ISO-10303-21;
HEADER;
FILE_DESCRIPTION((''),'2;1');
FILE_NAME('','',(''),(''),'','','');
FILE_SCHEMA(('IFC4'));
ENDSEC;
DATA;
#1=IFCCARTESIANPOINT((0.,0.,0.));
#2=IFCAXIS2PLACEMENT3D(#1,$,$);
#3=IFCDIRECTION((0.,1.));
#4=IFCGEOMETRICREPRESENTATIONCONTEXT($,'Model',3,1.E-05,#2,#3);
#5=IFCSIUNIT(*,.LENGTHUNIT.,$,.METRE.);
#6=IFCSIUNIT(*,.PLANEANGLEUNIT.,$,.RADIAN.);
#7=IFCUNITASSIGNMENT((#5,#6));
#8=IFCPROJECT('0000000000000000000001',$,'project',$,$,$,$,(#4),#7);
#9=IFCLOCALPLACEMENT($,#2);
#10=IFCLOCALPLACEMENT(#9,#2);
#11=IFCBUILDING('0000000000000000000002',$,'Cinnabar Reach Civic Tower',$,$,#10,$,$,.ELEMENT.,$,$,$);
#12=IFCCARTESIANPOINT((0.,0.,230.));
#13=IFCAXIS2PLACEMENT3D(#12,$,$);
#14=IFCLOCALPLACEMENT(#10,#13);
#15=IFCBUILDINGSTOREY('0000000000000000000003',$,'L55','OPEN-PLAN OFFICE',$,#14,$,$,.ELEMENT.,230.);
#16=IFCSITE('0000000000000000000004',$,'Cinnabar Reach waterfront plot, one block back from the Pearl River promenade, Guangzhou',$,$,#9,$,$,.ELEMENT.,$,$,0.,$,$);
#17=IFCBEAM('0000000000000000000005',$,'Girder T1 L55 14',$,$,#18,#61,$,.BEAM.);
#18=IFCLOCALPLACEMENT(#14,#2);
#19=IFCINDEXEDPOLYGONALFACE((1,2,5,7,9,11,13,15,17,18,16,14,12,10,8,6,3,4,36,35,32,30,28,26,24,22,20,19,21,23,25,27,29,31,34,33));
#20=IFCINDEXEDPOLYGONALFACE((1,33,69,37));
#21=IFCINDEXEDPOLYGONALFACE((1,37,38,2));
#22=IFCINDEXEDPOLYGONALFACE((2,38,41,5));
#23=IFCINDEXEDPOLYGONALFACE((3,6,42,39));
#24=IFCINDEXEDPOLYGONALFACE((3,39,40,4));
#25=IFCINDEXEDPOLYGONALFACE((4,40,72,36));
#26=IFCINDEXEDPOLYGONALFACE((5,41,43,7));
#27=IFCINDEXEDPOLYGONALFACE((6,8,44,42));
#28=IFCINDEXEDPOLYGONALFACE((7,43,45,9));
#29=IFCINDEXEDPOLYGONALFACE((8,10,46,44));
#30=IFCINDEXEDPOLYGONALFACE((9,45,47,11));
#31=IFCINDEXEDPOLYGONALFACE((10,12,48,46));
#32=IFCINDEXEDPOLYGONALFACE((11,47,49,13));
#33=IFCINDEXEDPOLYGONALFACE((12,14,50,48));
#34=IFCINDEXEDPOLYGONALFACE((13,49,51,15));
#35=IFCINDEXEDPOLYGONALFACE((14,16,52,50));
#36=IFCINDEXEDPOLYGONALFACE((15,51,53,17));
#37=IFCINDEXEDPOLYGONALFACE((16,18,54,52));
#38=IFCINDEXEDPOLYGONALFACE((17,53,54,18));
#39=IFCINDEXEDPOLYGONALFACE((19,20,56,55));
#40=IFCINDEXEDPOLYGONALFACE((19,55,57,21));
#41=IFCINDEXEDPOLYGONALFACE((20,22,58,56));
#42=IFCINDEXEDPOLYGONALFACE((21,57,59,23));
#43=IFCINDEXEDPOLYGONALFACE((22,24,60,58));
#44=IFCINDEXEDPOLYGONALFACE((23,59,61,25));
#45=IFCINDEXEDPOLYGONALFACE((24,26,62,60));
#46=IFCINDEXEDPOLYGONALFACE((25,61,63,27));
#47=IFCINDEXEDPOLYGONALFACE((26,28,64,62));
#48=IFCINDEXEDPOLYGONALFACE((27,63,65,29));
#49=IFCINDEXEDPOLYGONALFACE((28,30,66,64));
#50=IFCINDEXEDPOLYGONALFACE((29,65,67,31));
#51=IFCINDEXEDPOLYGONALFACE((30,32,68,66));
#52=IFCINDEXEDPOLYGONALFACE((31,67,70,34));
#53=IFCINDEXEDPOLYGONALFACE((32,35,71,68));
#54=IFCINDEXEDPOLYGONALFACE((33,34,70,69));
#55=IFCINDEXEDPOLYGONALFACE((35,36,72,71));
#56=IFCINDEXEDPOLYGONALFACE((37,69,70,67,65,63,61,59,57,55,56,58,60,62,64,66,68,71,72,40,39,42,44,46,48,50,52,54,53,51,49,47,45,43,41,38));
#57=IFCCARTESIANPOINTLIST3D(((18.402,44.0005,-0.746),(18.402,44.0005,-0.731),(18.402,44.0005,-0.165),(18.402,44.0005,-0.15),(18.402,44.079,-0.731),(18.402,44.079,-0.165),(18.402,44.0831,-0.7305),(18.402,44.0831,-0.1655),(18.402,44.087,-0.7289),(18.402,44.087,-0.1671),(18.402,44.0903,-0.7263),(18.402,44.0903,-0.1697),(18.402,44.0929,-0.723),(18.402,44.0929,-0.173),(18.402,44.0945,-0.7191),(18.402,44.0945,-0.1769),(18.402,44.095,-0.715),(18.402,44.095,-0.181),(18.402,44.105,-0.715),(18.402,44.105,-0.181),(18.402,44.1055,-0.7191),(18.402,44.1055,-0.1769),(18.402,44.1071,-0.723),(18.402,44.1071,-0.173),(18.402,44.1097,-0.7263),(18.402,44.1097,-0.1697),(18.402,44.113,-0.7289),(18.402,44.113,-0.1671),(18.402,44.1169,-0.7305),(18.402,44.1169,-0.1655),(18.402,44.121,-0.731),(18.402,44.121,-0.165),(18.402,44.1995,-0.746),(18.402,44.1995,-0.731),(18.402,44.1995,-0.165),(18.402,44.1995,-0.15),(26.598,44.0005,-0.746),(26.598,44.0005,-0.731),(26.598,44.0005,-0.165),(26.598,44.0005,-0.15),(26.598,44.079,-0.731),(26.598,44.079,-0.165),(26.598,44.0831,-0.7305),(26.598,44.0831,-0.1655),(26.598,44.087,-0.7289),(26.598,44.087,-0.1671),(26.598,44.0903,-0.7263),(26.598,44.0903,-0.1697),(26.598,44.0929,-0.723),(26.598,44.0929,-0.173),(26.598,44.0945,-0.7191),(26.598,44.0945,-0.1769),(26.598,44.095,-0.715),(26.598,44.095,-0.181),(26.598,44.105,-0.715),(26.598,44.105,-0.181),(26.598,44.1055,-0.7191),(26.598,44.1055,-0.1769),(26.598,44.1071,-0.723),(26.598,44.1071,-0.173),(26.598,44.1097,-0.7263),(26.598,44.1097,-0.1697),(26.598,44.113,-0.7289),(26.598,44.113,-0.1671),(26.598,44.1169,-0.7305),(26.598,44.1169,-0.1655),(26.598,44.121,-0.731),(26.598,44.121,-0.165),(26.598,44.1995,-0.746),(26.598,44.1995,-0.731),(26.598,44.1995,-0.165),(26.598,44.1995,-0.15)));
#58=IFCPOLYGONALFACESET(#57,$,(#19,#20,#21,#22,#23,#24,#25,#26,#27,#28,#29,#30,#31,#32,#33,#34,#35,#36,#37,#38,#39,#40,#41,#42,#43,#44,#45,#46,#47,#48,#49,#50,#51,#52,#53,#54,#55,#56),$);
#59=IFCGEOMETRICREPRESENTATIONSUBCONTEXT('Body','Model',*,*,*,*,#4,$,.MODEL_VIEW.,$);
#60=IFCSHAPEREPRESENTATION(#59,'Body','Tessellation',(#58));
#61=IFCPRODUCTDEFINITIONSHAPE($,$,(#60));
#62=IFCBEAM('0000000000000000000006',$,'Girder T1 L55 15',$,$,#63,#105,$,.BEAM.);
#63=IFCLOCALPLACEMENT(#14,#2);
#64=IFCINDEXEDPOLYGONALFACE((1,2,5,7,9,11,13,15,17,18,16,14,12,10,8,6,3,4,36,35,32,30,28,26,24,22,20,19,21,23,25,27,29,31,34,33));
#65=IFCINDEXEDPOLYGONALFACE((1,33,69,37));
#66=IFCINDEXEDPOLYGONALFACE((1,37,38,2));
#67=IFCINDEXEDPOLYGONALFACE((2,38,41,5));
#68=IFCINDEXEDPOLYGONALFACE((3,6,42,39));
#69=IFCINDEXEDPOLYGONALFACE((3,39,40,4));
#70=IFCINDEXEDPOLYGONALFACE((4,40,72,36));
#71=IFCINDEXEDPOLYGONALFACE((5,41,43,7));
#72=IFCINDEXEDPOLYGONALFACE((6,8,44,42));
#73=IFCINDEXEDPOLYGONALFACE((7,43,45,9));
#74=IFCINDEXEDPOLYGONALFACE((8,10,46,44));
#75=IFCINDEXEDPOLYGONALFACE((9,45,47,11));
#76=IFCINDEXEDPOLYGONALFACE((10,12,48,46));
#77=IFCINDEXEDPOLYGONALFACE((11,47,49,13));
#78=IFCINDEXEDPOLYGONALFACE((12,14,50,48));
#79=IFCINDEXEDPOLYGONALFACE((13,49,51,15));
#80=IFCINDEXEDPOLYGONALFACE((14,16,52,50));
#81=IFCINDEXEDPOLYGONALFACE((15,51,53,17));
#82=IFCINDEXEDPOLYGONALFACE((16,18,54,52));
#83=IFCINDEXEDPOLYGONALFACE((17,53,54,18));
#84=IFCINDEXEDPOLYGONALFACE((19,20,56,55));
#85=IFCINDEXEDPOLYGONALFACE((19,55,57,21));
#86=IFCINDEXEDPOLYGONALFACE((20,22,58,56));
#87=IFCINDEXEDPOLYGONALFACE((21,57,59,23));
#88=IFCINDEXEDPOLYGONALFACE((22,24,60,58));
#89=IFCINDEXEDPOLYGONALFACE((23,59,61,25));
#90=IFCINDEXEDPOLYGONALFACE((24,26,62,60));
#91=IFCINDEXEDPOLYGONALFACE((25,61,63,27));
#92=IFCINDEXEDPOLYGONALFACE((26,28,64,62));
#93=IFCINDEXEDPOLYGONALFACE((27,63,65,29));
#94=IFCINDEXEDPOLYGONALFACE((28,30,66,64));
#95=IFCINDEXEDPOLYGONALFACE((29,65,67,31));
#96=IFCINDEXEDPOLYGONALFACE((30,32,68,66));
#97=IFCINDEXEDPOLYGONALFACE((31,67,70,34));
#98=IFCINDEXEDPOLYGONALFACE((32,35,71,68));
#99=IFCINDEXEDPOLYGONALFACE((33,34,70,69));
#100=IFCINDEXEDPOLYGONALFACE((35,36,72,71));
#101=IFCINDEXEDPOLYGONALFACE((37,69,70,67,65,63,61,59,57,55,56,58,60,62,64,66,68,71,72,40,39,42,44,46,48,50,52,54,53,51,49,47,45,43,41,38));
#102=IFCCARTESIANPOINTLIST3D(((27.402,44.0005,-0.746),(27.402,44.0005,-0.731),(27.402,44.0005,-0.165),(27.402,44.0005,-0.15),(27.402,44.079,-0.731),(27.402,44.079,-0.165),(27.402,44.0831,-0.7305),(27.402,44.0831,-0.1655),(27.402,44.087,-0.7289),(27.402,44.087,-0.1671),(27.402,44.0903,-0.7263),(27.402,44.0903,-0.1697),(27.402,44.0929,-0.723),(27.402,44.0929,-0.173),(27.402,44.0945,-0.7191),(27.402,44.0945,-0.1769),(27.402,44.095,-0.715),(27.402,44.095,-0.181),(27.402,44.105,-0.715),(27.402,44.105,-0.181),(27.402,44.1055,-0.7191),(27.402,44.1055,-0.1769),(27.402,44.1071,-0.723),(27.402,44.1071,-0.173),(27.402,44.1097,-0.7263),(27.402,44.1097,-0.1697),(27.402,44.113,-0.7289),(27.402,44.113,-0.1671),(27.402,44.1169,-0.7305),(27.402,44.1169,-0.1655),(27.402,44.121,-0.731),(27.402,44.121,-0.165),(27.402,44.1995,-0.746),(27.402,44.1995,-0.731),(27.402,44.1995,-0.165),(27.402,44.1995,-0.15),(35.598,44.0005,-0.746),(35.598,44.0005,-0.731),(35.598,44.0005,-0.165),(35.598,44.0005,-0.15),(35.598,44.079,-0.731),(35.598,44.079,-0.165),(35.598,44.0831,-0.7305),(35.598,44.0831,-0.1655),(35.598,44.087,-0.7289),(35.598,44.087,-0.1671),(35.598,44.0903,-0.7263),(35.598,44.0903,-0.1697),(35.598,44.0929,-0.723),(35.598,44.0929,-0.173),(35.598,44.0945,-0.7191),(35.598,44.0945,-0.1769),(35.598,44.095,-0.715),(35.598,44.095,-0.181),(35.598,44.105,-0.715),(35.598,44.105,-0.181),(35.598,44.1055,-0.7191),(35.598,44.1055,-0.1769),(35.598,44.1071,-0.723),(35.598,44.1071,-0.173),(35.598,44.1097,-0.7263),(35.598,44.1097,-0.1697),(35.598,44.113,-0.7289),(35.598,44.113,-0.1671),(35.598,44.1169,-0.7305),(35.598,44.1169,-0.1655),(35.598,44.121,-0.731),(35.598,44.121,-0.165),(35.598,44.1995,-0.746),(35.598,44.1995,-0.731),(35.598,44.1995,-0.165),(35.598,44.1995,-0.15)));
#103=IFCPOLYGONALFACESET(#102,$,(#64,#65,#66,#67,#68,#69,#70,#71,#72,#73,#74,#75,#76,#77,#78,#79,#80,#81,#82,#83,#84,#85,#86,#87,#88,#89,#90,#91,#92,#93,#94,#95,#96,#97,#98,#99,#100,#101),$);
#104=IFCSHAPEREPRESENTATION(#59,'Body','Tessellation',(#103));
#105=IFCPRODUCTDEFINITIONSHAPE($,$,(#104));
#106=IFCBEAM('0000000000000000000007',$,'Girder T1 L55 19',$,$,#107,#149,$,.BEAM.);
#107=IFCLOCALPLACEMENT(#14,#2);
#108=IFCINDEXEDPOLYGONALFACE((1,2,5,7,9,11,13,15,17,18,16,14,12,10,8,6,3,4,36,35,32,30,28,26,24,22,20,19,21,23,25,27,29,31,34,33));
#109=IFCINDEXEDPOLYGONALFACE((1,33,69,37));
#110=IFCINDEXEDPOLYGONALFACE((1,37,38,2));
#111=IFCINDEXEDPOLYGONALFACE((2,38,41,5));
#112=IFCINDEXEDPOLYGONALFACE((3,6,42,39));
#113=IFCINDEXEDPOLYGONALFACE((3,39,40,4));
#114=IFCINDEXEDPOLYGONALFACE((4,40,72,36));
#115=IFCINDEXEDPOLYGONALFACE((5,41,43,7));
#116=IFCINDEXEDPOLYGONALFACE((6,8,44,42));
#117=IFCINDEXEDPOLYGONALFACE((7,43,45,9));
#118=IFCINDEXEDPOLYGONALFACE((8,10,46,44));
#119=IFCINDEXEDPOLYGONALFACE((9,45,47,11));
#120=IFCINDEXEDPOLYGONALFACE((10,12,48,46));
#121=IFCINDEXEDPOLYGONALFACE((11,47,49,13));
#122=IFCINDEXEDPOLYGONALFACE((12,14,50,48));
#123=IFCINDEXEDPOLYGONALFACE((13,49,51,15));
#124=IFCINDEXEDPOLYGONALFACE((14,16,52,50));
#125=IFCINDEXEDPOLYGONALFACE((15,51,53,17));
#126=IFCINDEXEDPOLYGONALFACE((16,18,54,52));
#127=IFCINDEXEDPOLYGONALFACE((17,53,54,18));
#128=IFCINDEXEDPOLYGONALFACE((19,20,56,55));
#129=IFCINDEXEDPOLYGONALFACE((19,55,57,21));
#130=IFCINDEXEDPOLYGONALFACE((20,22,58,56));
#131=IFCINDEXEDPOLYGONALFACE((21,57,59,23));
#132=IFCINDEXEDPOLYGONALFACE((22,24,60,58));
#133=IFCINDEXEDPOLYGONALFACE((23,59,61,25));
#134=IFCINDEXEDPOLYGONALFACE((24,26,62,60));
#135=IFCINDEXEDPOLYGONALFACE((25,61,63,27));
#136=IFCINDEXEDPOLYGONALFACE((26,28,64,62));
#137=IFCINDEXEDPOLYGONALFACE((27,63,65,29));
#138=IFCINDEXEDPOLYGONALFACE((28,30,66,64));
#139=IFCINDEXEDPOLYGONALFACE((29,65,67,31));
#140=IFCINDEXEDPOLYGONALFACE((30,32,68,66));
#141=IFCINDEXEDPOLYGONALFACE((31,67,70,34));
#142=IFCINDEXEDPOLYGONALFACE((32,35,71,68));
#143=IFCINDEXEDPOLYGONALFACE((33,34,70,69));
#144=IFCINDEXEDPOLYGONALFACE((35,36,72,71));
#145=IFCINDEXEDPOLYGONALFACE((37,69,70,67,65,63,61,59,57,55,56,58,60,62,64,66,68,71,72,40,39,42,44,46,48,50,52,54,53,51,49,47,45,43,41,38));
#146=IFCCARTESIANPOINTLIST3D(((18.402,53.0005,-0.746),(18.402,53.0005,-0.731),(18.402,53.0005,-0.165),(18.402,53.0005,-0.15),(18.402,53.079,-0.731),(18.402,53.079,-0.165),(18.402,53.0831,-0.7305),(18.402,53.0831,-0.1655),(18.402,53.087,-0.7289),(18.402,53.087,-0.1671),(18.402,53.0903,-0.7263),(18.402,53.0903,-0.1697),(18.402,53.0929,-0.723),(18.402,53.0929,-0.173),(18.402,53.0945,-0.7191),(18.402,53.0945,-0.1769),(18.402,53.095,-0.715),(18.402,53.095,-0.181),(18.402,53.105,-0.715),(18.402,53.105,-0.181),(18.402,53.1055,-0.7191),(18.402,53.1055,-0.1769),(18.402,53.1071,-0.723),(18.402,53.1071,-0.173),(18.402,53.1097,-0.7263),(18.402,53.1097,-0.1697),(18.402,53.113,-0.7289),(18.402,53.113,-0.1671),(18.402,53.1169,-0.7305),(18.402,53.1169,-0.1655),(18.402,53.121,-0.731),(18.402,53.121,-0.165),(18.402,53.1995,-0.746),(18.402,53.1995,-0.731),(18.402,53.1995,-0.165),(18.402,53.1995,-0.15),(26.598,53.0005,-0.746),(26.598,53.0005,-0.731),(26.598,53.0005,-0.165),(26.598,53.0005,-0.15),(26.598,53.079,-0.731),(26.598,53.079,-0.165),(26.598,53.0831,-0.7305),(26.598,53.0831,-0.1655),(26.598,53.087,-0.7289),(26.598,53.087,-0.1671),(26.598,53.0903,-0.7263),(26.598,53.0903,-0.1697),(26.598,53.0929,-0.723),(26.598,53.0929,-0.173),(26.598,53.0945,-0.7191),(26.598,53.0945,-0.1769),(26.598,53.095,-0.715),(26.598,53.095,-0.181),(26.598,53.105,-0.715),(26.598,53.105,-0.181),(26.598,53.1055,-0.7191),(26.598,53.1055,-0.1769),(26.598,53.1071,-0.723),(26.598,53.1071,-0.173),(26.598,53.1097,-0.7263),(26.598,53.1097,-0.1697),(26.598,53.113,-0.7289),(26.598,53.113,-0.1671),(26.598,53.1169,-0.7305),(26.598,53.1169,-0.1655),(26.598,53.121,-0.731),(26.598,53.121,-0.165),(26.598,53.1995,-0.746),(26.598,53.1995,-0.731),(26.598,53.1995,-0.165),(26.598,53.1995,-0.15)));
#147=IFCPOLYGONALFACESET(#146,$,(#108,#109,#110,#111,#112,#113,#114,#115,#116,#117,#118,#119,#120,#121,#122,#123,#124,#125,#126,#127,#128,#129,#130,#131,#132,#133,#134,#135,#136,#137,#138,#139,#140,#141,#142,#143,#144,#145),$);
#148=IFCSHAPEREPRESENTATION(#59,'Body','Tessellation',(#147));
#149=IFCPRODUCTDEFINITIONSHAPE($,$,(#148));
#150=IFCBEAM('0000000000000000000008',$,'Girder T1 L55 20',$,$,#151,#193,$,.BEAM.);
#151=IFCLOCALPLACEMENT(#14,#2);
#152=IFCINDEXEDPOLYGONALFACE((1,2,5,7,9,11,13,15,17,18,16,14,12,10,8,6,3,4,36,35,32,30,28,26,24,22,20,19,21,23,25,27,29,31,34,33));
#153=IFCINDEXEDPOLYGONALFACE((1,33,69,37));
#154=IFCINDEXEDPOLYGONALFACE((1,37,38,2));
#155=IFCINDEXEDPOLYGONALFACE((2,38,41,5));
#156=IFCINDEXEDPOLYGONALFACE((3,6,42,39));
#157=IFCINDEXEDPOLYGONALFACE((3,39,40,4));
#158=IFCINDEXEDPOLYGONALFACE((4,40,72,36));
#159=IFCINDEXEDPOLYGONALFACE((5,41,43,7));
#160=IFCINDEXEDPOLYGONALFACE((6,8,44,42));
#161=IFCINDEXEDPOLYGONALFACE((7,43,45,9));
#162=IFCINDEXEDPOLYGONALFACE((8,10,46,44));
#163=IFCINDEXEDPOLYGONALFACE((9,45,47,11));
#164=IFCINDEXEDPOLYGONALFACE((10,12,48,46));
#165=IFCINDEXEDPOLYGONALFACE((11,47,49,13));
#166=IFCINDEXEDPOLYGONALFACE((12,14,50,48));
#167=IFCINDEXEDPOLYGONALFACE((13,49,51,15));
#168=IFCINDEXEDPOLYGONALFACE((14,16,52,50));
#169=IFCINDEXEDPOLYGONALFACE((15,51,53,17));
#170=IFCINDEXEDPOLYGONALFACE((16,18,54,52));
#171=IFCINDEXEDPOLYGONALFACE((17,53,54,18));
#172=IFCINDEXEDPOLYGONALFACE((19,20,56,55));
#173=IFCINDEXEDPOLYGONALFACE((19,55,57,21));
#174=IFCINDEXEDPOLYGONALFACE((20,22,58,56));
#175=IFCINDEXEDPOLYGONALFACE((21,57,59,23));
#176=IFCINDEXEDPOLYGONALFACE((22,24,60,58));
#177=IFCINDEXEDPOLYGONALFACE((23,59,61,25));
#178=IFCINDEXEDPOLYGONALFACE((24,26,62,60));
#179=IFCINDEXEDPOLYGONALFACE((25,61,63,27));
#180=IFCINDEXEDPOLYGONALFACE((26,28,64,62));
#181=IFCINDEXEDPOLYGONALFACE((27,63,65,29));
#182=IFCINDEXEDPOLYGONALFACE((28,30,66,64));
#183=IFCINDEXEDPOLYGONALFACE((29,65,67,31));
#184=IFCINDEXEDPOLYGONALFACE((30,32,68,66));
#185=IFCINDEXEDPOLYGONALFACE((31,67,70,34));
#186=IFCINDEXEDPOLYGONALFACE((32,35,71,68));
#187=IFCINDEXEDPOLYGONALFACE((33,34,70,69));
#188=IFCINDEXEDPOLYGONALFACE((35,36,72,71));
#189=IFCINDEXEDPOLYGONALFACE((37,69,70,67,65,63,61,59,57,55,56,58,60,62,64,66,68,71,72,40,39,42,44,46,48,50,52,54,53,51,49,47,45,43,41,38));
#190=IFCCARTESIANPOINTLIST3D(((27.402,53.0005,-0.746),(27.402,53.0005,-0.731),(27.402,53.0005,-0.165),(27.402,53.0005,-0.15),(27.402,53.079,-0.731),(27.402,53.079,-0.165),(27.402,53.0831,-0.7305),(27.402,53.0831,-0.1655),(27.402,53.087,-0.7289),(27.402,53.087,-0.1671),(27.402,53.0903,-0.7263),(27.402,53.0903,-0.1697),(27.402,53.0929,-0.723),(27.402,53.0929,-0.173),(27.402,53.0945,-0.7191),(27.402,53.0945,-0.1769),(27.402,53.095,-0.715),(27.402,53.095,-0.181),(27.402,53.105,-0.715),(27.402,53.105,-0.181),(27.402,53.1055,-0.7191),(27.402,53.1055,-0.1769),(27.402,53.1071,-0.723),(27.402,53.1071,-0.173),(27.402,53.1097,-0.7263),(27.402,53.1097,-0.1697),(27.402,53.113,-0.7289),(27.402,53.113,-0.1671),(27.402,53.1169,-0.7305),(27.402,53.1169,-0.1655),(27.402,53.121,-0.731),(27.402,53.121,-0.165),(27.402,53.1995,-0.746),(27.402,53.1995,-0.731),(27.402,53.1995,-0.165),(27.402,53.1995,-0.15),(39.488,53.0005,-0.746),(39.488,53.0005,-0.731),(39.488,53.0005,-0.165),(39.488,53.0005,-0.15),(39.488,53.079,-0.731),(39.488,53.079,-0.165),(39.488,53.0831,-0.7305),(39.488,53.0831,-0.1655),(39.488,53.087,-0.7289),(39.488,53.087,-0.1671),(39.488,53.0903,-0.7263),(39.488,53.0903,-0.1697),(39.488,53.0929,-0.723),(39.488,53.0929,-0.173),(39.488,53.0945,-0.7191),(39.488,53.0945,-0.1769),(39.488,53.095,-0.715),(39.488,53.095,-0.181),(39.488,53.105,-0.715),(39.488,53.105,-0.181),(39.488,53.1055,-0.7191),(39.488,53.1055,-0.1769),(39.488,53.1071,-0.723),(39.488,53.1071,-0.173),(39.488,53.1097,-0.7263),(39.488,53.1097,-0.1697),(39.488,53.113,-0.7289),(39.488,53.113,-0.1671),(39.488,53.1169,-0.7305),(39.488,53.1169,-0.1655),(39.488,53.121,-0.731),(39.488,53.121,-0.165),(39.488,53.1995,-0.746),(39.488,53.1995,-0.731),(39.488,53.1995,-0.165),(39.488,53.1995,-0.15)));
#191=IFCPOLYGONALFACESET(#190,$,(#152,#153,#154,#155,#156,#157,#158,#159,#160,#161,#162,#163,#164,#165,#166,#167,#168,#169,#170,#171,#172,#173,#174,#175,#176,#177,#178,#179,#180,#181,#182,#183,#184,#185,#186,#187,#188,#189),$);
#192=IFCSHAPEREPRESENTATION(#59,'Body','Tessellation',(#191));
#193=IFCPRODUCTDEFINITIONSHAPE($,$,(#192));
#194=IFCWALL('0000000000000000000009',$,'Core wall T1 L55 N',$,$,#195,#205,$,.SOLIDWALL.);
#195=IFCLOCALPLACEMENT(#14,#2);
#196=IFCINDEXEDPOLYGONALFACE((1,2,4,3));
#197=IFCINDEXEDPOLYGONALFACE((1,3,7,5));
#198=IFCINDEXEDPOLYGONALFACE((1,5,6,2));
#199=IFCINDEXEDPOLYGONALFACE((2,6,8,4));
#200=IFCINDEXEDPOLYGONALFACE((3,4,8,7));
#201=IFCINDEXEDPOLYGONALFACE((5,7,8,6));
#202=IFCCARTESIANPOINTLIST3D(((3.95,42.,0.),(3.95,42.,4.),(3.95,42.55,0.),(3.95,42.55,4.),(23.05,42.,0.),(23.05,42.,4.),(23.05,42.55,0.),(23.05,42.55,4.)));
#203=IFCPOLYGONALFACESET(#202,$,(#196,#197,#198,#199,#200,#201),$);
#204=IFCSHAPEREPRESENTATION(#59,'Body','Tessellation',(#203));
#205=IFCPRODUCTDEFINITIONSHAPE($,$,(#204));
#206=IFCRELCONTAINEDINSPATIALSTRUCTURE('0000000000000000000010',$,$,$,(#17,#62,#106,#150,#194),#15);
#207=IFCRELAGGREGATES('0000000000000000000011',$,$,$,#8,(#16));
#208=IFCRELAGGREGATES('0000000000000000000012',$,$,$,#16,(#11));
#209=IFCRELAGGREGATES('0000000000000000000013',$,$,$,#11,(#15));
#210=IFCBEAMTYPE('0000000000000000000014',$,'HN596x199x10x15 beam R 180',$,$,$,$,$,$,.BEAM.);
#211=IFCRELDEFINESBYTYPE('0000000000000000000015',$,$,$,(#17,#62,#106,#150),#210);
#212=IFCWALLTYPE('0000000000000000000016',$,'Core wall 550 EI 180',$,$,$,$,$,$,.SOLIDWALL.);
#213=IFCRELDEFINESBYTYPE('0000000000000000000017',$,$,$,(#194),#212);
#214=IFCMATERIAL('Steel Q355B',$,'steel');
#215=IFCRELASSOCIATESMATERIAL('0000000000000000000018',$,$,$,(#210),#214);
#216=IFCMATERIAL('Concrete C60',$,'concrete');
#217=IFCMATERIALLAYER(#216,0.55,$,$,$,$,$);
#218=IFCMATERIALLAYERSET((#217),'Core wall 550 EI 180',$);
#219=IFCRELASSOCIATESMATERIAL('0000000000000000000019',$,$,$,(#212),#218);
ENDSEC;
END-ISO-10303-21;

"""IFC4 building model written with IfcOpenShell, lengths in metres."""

from ifc_helpers import new_model, si_unit, direction, frame, frame_2d, origin, origin_2d, place, context, subcontext, project, spatial, rectangle, i_section, extrude, material, layer, layer_set, material_profile, profile_set, type_object, element, save


model = new_model("IFC4")

# Units and contexts
model_context = context("Model", 3, precision=1e-05, world=origin(), true_north=direction((0.0, 1.0)))
body_context = subcontext(model_context, "Body", "Model", "MODEL_VIEW")
ifc_project = project(units=[si_unit("LENGTHUNIT", "METRE"), si_unit("PLANEANGLEUNIT", "RADIAN")], contexts=[model_context])

# Site, building, storey
site_placement = place(None, origin())
site = spatial("IfcSite", under=ifc_project, at=site_placement, Name="Cinnabar Reach waterfront plot, one block back from the Pearl River promenade, Guangzhou", CompositionType="ELEMENT", RefElevation=0.0)
building_placement = place(site_placement, origin())
building = spatial("IfcBuilding", under=site, at=building_placement, Name="Cinnabar Reach Civic Tower", CompositionType="ELEMENT")
storey_placement = place(building_placement, frame((0.0, 0.0, 230.0)))
storey = spatial("IfcBuildingStorey", under=building, at=storey_placement, Name="L55", Description="OPEN-PLAN OFFICE", CompositionType="ELEMENT", Elevation=230.0)

# Shared definitions
ifc_material_1 = material(Name="Concrete C60", Category="concrete")

# Beams
ifc_material_2 = material(Name="Steel Q355B", Category="steel")
ifc_material_profile_1 = material_profile(ifc_material_2, i_section(OverallWidth=0.199, OverallDepth=0.596, WebThickness=0.01, FlangeThickness=0.015, FilletRadius=0.016, at=origin_2d()), Name="HN596x199x10x15")
ifc_profile_set_1 = profile_set([ifc_material_profile_1], Name="Steel Q355B")
beam_type_1 = type_object("IfcBeamType", Name="HN596x199x10x15 beam R 180", PredefinedType="BEAM", material=ifc_profile_set_1)
for number, where, z_axis, x_axis, name in (
    (1, (18.402, 44.1, -0.448), (1.0, 0.0, 0.0), (0.0, 1.0, 0.0), "Girder T1 L55 14"),
    (2, (27.402, 44.1, -0.448), (1.0, 0.0, 0.0), (0.0, 1.0, 0.0), "Girder T1 L55 15"),
    (3, (18.402, 53.1, -0.448), (1.0, 0.0, 0.0), (0.0, 1.0, 0.0), "Girder T1 L55 19"),
):
    element("IfcBeam", number, at=place(storey_placement, frame(where, z_axis=z_axis, x_axis=x_axis)), inside=storey, type_object=beam_type_1, Name=name, PredefinedType="BEAM", context=body_context, shape_type="SweptSolid", body=[
        extrude(i_section(OverallWidth=0.199, OverallDepth=0.596, WebThickness=0.01, FlangeThickness=0.015, FilletRadius=0.016, at=origin_2d()), origin(), (0.0, 0.0, 1.0), 8.196),
    ])
beam_1_placement = place(storey_placement, frame((27.402, 53.1, -0.448), z_axis=(1.0, 0.0, 0.0), x_axis=(0.0, 1.0, 0.0)))
element("IfcBeam", 4, at=beam_1_placement, inside=storey, type_object=beam_type_1, Name="Girder T1 L55 20", PredefinedType="BEAM", context=body_context, shape_type="SweptSolid", body=[
    extrude(i_section(OverallWidth=0.199, OverallDepth=0.596, WebThickness=0.01, FlangeThickness=0.015, FilletRadius=0.016, at=origin_2d()), origin(), (0.0, 0.0, 1.0), 12.086),
])

# Wall
ifc_layer_1 = layer(ifc_material_1, 0.55)
ifc_layer_set_1 = layer_set([ifc_layer_1], Name="Core wall 550 EI 180")
wall_type_1 = type_object("IfcWallType", Name="Core wall 550 EI 180", PredefinedType="SOLIDWALL", material=ifc_layer_set_1)
wall_1_placement = place(storey_placement, frame((23.05, 42.275, 0.0), z_axis=(0.0, 0.0, 1.0), x_axis=(-1.0, 0.0, 0.0)))
element("IfcWall", 5, at=wall_1_placement, inside=storey, type_object=wall_type_1, Name="Core wall T1 L55 N", PredefinedType="SOLIDWALL", context=body_context, shape_type="SweptSolid", body=[
    extrude(rectangle(XDim=19.1, YDim=0.55, at=frame_2d((9.55, 0.0))), origin(), (0.0, 0.0, 1.0), 4.0),
])

save(model, "model.ifc")
